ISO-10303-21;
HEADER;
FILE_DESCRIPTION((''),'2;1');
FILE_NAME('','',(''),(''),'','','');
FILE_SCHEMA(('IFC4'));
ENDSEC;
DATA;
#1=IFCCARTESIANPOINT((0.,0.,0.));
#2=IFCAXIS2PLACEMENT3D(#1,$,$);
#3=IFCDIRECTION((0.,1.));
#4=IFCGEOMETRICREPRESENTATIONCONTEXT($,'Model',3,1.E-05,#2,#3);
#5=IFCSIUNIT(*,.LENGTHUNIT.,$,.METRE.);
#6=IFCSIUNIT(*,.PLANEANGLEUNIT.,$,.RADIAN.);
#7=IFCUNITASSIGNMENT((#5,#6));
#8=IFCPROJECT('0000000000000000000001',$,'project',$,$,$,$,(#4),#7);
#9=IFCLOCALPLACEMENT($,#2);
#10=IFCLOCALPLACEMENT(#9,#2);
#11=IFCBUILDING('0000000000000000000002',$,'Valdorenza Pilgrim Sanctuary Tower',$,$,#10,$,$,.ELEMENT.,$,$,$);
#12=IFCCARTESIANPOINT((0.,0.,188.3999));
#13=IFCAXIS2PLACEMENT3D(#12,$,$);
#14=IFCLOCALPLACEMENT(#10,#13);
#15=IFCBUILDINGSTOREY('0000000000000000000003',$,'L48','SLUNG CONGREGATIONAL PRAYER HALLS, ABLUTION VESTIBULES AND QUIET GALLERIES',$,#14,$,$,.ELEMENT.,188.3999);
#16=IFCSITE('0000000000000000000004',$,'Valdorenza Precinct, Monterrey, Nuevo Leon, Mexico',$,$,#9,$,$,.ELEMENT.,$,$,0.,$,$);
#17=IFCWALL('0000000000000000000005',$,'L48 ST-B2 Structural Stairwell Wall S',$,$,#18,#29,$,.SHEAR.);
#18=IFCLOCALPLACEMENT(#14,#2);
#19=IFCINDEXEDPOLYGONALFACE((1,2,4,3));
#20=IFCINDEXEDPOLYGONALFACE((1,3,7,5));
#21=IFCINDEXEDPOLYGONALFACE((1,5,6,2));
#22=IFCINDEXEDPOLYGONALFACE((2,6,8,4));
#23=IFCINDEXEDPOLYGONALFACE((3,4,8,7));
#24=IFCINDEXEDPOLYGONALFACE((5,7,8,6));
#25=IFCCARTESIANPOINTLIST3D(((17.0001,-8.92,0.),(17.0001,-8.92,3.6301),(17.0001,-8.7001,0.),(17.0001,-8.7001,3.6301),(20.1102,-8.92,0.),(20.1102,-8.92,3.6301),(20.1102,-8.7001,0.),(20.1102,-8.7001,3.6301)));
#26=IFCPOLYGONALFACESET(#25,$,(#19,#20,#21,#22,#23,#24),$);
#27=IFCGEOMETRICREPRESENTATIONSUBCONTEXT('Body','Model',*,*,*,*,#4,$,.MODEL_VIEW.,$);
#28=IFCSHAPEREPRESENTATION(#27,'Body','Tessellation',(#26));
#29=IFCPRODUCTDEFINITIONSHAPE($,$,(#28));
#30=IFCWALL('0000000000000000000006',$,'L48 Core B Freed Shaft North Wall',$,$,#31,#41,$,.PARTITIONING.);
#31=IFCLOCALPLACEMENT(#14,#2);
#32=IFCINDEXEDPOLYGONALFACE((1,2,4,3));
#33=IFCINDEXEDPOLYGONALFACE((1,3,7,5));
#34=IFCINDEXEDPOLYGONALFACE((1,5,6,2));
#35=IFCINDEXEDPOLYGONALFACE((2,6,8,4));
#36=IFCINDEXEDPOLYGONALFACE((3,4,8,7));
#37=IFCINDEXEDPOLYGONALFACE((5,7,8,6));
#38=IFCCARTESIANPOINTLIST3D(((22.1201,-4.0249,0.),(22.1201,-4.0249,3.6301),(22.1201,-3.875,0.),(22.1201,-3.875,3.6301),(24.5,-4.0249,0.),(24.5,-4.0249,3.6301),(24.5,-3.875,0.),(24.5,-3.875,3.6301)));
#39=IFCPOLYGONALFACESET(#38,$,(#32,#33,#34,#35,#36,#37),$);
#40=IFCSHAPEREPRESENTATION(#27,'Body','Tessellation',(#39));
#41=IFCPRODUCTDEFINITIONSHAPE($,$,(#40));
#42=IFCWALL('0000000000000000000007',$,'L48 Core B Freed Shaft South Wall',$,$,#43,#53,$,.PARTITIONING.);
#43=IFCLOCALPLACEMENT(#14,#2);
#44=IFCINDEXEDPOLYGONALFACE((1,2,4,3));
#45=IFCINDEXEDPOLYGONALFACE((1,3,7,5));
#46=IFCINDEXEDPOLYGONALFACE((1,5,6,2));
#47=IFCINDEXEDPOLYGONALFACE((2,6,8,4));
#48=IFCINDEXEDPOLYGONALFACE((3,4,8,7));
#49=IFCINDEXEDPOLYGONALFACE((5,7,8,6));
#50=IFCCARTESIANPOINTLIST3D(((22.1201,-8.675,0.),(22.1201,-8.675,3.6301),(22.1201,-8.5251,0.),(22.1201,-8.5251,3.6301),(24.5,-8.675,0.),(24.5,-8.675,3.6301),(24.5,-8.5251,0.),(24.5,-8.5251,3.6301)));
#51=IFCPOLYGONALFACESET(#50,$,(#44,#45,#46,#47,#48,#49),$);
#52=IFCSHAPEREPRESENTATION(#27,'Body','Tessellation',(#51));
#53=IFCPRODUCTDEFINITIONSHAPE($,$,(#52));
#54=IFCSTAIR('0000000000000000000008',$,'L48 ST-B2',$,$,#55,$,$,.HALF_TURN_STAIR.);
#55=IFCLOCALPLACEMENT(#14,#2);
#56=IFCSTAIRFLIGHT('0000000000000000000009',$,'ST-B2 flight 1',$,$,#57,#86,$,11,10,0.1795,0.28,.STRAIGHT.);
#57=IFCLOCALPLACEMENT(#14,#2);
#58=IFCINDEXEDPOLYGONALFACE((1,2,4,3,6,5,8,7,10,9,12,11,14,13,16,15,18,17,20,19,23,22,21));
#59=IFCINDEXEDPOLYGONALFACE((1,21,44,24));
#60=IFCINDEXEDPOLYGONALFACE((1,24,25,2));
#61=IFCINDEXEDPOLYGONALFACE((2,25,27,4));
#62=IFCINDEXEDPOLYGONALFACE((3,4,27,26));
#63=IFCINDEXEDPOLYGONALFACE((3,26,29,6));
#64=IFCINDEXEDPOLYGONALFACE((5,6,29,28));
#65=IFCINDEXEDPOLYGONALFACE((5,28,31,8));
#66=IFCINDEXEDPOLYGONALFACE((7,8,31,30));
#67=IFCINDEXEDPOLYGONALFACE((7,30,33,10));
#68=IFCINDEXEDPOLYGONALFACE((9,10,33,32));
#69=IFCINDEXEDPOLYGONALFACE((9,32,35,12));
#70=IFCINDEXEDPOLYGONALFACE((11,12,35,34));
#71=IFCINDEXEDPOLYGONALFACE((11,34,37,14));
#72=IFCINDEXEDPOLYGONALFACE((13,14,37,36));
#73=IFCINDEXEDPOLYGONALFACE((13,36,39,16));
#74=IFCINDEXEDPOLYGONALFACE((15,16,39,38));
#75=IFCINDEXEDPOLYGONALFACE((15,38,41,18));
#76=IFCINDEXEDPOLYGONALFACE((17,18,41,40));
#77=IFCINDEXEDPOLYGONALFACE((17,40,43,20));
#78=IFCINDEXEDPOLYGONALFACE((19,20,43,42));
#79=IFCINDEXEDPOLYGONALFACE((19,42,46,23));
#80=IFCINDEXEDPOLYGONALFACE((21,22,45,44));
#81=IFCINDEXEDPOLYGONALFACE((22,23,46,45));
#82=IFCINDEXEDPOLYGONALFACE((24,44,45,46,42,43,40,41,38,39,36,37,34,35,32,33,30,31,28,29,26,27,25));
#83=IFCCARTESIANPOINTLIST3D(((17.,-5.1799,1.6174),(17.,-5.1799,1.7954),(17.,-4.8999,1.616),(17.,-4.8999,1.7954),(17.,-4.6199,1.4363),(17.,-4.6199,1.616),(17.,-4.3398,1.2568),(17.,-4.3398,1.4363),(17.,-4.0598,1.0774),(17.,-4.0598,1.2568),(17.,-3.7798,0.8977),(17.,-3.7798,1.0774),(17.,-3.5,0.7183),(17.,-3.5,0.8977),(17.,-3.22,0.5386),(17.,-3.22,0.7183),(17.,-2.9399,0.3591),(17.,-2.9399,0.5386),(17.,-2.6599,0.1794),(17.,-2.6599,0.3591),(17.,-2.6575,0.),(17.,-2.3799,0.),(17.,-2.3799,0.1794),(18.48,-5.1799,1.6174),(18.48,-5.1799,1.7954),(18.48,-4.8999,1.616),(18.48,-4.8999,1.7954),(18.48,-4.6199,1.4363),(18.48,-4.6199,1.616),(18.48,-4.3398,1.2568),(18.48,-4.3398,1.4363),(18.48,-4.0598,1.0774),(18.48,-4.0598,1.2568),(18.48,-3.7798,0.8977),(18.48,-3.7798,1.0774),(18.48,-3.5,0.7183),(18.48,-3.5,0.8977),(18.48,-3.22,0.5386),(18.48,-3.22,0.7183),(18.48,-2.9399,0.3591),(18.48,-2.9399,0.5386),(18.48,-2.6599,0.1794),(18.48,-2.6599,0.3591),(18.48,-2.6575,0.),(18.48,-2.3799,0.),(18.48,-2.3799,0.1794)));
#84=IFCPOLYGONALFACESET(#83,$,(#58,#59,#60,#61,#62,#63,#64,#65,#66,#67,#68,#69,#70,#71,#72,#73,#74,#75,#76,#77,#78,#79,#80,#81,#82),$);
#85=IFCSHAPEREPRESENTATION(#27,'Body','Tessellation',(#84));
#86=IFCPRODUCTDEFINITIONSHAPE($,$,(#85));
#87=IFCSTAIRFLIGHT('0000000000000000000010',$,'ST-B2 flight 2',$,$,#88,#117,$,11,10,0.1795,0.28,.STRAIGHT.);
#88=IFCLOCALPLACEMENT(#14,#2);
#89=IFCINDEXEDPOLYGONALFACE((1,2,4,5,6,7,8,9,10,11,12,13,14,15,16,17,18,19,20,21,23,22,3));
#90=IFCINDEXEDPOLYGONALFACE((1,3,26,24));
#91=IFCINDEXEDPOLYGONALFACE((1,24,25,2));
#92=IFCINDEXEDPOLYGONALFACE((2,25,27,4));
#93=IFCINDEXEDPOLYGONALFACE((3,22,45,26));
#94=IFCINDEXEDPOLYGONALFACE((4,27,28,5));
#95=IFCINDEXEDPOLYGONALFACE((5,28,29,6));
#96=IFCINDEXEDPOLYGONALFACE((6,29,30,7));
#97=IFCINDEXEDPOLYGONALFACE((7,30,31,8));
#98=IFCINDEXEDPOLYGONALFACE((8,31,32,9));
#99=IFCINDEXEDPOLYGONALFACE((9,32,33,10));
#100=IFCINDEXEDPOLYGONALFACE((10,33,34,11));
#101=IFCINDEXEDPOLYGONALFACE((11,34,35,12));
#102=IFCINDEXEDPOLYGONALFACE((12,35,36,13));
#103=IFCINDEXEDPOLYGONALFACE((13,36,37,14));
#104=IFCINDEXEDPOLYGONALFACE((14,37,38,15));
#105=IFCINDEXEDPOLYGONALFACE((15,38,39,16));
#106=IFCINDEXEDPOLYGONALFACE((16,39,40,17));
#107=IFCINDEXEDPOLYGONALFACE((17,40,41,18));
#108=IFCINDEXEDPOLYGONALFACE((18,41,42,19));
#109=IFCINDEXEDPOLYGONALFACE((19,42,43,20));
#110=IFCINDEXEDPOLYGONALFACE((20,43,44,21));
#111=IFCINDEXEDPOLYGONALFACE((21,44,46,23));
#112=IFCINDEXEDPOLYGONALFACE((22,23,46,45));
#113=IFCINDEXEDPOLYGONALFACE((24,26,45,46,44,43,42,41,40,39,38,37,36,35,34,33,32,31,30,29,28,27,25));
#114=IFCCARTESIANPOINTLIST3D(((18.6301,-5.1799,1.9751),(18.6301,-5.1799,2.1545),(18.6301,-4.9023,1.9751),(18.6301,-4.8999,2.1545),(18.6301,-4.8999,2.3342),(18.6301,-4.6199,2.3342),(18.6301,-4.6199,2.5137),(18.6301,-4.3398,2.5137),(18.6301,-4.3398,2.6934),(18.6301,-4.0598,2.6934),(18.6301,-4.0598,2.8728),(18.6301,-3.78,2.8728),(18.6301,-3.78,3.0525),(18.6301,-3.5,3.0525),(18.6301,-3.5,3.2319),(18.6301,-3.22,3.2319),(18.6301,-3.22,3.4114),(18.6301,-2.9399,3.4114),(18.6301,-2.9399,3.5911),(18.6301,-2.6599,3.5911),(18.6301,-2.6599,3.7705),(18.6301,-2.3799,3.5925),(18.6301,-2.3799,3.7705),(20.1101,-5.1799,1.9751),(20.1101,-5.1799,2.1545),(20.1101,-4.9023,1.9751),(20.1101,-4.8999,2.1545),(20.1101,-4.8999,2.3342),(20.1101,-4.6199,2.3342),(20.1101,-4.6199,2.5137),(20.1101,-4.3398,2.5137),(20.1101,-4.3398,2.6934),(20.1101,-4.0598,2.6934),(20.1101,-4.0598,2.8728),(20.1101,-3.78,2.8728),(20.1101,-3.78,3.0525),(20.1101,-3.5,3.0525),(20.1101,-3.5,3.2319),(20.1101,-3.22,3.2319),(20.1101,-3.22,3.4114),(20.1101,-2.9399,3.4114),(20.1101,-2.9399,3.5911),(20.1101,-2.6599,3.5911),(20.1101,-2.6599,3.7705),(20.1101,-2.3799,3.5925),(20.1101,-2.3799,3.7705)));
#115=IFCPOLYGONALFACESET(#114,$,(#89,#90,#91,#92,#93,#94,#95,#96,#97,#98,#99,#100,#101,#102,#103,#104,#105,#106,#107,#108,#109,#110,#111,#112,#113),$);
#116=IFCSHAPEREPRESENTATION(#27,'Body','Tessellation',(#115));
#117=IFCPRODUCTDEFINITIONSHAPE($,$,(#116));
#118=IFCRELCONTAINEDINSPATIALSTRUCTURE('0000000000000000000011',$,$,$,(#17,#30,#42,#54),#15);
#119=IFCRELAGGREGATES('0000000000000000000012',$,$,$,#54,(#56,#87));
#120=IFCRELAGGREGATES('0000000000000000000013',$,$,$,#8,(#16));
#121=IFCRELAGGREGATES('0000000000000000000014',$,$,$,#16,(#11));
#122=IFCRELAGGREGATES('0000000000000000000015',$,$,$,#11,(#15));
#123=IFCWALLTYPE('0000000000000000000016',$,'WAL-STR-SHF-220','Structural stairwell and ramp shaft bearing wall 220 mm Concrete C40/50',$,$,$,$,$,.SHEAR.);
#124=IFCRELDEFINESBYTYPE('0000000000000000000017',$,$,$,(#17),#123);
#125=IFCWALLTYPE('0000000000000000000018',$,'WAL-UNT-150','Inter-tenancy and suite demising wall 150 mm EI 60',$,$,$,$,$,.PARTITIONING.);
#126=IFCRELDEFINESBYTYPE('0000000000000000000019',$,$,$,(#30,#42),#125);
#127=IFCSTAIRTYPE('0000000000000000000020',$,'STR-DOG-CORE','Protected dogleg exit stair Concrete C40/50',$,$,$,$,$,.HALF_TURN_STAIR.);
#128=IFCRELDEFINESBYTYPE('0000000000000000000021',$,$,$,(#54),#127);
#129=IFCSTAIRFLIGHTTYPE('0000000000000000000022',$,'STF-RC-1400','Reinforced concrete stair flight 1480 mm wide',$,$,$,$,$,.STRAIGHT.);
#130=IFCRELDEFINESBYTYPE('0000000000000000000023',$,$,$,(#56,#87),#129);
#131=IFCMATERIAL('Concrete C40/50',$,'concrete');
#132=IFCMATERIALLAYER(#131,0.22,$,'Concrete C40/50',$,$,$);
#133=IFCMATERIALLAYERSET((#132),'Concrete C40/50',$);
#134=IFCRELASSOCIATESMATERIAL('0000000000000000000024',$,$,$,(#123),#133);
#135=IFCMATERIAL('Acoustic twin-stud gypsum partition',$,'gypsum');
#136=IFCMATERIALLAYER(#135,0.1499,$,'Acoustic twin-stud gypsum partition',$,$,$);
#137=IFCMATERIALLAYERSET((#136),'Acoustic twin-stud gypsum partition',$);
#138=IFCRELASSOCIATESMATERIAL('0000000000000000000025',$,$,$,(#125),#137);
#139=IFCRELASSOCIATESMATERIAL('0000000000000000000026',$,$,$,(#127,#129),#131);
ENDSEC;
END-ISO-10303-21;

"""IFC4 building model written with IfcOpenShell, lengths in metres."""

from ifc_helpers import new_model, si_unit, direction, frame, frame_2d, origin, place, context, subcontext, project, spatial, polyline, rectangle, outline, extrude, material, layer, layer_set, type_object, element, aggregate, save


model = new_model("IFC4")

# Units and contexts
model_context = context("Model", 3, precision=1e-05, world=origin(), true_north=direction((0.0, 1.0)))
body_context = subcontext(model_context, "Body", "Model", "MODEL_VIEW")
ifc_project = project(units=[si_unit("LENGTHUNIT", "METRE"), si_unit("PLANEANGLEUNIT", "RADIAN")], contexts=[model_context])

# Site, building, storey
site_placement = place(None, origin())
site = spatial("IfcSite", under=ifc_project, at=site_placement, Name="Valdorenza Precinct, Monterrey, Nuevo Leon, Mexico", CompositionType="ELEMENT", RefElevation=0.0)
building_placement = place(site_placement, origin())
building = spatial("IfcBuilding", under=site, at=building_placement, Name="Valdorenza Pilgrim Sanctuary Tower", CompositionType="ELEMENT")
storey_placement = place(building_placement, frame((0.0, 0.0, 188.3999)))
storey = spatial("IfcBuildingStorey", under=building, at=storey_placement, Name="L48", Description="SLUNG CONGREGATIONAL PRAYER HALLS, ABLUTION VESTIBULES AND QUIET GALLERIES", CompositionType="ELEMENT", Elevation=188.3999)

# Shared definitions
ifc_material_1 = material(Name="Acoustic twin-stud gypsum partition", Category="gypsum")

# Wall
ifc_material_2 = material(Name="Concrete C40/50", Category="concrete")
ifc_layer_1 = layer(ifc_material_2, 0.22, Name="Concrete C40/50")
ifc_layer_set_1 = layer_set([ifc_layer_1], Name="Concrete C40/50")
wall_type_1 = type_object("IfcWallType", Name="WAL-STR-SHF-220", Description="Structural stairwell and ramp shaft bearing wall 220 mm Concrete C40/50", PredefinedType="SHEAR", material=ifc_layer_set_1)
wall_1_placement = place(storey_placement, frame((17.0, -8.8101, 0.0), z_axis=(0.0, 0.0, 1.0), x_axis=(1.0, 0.0, 0.0)))
element("IfcWall", 1, at=wall_1_placement, inside=storey, type_object=wall_type_1, Name="L48 ST-B2 Structural Stairwell Wall S", PredefinedType="SHEAR", context=body_context, shape_type="SweptSolid", body=[
    extrude(rectangle(XDim=3.1101, YDim=0.22, at=frame_2d((1.5552, 0.0))), origin(), (0.0, 0.0, 1.0), 3.6301),
])

# Walls
ifc_layer_2 = layer(ifc_material_1, 0.1499, Name="Acoustic twin-stud gypsum partition")
ifc_layer_set_2 = layer_set([ifc_layer_2], Name="Acoustic twin-stud gypsum partition")
wall_type_2 = type_object("IfcWallType", Name="WAL-UNT-150", Description="Inter-tenancy and suite demising wall 150 mm EI 60", PredefinedType="PARTITIONING", material=ifc_layer_set_2)
for number, where, z_axis, x_axis, name in (
    (2, (22.1201, -3.95, 0.0), (0.0, 0.0, 1.0), (1.0, 0.0, 0.0), "L48 Core B Freed Shaft North Wall"),
    (3, (22.1201, -8.6001, 0.0), (0.0, 0.0, 1.0), (1.0, 0.0, 0.0), "L48 Core B Freed Shaft South Wall"),
):
    element("IfcWall", number, at=place(storey_placement, frame(where, z_axis=z_axis, x_axis=x_axis)), inside=storey, type_object=wall_type_2, Name=name, PredefinedType="PARTITIONING", context=body_context, shape_type="SweptSolid", body=[
        extrude(rectangle(XDim=2.3799, YDim=0.1499, at=frame_2d((1.1899, 0.0))), origin(), (0.0, 0.0, 1.0), 3.6301),
    ])

# Stair, stair flights
stair_type = type_object("IfcStairType", Name="STR-DOG-CORE", Description="Protected dogleg exit stair Concrete C40/50", PredefinedType="HALF_TURN_STAIR", material=ifc_material_2)
stair_placement = place(storey_placement, origin())
stair = element("IfcStair", 4, at=stair_placement, inside=storey, type_object=stair_type, Name="L48 ST-B2", PredefinedType="HALF_TURN_STAIR")
stair_flight_type = type_object("IfcStairFlightType", Name="STF-RC-1400", Description="Reinforced concrete stair flight 1480 mm wide", PredefinedType="STRAIGHT", material=ifc_material_2)
stair_flight_1_placement = place(storey_placement, frame((17.74, -2.3799, 0.0), z_axis=(0.0, 0.0, 1.0), x_axis=(0.0, -1.0, 0.0)))
stair_flight_1 = element("IfcStairFlight", 5, at=stair_flight_1_placement, type_object=stair_flight_type, Name="ST-B2 flight 1", NumberOfRisers=11, NumberOfTreads=10, PredefinedType="STRAIGHT", RiserHeight=0.1795, TreadLength=0.28, context=body_context, shape_type="SweptSolid", body=[
    extrude(outline(polyline([(0.0, 0.0), (0.0, 0.1794), (0.28, 0.1794), (0.28, 0.3591), (0.5601, 0.3591), (0.5601, 0.5386), (0.8401, 0.5386), (0.8401, 0.7183), (1.1201, 0.7183), (1.1201, 0.8977), (1.3999, 0.8977), (1.3999, 1.0774), (1.6799, 1.0774), (1.6799, 1.2568), (1.96, 1.2568), (1.96, 1.4363), (2.24, 1.4363), (2.24, 1.616), (2.52, 1.616), (2.52, 1.7954), (2.8, 1.7954), (2.8, 1.9751), (2.8, 1.6174), (0.2776, 0.0), (0.0, 0.0)])), frame((0.0, 0.74, 0.0), z_axis=(0.0, -1.0, 0.0), x_axis=(1.0, 0.0, 0.0)), (0.0, 0.0, 1.0), 1.48),
])
stair_flight_2_placement = place(storey_placement, frame((19.3701, -5.1799, 1.9751), z_axis=(0.0, 0.0, 1.0), x_axis=(0.0, 1.0, 0.0)))
stair_flight_2 = element("IfcStairFlight", 6, at=stair_flight_2_placement, type_object=stair_flight_type, Name="ST-B2 flight 2", NumberOfRisers=11, NumberOfTreads=10, PredefinedType="STRAIGHT", RiserHeight=0.1795, TreadLength=0.28, context=body_context, shape_type="SweptSolid", body=[
    extrude(outline(polyline([(0.0, 0.0), (0.0, 0.1794), (0.28, 0.1794), (0.28, 0.3591), (0.5601, 0.3591), (0.5601, 0.5386), (0.8401, 0.5386), (0.8401, 0.7183), (1.1201, 0.7183), (1.1201, 0.8977), (1.3999, 0.8977), (1.3999, 1.0774), (1.6799, 1.0774), (1.6799, 1.2568), (1.96, 1.2568), (1.96, 1.4363), (2.24, 1.4363), (2.24, 1.616), (2.52, 1.616), (2.52, 1.7954), (2.8, 1.7954), (2.8, 1.9751), (2.8, 1.6174), (0.2776, 0.0), (0.0, 0.0)])), frame((0.0, 0.74, 0.0), z_axis=(0.0, -1.0, 0.0), x_axis=(1.0, 0.0, 0.0)), (0.0, 0.0, 1.0), 1.48),
])
aggregate(stair, [stair_flight_1, stair_flight_2])

save(model, "model.ifc")
